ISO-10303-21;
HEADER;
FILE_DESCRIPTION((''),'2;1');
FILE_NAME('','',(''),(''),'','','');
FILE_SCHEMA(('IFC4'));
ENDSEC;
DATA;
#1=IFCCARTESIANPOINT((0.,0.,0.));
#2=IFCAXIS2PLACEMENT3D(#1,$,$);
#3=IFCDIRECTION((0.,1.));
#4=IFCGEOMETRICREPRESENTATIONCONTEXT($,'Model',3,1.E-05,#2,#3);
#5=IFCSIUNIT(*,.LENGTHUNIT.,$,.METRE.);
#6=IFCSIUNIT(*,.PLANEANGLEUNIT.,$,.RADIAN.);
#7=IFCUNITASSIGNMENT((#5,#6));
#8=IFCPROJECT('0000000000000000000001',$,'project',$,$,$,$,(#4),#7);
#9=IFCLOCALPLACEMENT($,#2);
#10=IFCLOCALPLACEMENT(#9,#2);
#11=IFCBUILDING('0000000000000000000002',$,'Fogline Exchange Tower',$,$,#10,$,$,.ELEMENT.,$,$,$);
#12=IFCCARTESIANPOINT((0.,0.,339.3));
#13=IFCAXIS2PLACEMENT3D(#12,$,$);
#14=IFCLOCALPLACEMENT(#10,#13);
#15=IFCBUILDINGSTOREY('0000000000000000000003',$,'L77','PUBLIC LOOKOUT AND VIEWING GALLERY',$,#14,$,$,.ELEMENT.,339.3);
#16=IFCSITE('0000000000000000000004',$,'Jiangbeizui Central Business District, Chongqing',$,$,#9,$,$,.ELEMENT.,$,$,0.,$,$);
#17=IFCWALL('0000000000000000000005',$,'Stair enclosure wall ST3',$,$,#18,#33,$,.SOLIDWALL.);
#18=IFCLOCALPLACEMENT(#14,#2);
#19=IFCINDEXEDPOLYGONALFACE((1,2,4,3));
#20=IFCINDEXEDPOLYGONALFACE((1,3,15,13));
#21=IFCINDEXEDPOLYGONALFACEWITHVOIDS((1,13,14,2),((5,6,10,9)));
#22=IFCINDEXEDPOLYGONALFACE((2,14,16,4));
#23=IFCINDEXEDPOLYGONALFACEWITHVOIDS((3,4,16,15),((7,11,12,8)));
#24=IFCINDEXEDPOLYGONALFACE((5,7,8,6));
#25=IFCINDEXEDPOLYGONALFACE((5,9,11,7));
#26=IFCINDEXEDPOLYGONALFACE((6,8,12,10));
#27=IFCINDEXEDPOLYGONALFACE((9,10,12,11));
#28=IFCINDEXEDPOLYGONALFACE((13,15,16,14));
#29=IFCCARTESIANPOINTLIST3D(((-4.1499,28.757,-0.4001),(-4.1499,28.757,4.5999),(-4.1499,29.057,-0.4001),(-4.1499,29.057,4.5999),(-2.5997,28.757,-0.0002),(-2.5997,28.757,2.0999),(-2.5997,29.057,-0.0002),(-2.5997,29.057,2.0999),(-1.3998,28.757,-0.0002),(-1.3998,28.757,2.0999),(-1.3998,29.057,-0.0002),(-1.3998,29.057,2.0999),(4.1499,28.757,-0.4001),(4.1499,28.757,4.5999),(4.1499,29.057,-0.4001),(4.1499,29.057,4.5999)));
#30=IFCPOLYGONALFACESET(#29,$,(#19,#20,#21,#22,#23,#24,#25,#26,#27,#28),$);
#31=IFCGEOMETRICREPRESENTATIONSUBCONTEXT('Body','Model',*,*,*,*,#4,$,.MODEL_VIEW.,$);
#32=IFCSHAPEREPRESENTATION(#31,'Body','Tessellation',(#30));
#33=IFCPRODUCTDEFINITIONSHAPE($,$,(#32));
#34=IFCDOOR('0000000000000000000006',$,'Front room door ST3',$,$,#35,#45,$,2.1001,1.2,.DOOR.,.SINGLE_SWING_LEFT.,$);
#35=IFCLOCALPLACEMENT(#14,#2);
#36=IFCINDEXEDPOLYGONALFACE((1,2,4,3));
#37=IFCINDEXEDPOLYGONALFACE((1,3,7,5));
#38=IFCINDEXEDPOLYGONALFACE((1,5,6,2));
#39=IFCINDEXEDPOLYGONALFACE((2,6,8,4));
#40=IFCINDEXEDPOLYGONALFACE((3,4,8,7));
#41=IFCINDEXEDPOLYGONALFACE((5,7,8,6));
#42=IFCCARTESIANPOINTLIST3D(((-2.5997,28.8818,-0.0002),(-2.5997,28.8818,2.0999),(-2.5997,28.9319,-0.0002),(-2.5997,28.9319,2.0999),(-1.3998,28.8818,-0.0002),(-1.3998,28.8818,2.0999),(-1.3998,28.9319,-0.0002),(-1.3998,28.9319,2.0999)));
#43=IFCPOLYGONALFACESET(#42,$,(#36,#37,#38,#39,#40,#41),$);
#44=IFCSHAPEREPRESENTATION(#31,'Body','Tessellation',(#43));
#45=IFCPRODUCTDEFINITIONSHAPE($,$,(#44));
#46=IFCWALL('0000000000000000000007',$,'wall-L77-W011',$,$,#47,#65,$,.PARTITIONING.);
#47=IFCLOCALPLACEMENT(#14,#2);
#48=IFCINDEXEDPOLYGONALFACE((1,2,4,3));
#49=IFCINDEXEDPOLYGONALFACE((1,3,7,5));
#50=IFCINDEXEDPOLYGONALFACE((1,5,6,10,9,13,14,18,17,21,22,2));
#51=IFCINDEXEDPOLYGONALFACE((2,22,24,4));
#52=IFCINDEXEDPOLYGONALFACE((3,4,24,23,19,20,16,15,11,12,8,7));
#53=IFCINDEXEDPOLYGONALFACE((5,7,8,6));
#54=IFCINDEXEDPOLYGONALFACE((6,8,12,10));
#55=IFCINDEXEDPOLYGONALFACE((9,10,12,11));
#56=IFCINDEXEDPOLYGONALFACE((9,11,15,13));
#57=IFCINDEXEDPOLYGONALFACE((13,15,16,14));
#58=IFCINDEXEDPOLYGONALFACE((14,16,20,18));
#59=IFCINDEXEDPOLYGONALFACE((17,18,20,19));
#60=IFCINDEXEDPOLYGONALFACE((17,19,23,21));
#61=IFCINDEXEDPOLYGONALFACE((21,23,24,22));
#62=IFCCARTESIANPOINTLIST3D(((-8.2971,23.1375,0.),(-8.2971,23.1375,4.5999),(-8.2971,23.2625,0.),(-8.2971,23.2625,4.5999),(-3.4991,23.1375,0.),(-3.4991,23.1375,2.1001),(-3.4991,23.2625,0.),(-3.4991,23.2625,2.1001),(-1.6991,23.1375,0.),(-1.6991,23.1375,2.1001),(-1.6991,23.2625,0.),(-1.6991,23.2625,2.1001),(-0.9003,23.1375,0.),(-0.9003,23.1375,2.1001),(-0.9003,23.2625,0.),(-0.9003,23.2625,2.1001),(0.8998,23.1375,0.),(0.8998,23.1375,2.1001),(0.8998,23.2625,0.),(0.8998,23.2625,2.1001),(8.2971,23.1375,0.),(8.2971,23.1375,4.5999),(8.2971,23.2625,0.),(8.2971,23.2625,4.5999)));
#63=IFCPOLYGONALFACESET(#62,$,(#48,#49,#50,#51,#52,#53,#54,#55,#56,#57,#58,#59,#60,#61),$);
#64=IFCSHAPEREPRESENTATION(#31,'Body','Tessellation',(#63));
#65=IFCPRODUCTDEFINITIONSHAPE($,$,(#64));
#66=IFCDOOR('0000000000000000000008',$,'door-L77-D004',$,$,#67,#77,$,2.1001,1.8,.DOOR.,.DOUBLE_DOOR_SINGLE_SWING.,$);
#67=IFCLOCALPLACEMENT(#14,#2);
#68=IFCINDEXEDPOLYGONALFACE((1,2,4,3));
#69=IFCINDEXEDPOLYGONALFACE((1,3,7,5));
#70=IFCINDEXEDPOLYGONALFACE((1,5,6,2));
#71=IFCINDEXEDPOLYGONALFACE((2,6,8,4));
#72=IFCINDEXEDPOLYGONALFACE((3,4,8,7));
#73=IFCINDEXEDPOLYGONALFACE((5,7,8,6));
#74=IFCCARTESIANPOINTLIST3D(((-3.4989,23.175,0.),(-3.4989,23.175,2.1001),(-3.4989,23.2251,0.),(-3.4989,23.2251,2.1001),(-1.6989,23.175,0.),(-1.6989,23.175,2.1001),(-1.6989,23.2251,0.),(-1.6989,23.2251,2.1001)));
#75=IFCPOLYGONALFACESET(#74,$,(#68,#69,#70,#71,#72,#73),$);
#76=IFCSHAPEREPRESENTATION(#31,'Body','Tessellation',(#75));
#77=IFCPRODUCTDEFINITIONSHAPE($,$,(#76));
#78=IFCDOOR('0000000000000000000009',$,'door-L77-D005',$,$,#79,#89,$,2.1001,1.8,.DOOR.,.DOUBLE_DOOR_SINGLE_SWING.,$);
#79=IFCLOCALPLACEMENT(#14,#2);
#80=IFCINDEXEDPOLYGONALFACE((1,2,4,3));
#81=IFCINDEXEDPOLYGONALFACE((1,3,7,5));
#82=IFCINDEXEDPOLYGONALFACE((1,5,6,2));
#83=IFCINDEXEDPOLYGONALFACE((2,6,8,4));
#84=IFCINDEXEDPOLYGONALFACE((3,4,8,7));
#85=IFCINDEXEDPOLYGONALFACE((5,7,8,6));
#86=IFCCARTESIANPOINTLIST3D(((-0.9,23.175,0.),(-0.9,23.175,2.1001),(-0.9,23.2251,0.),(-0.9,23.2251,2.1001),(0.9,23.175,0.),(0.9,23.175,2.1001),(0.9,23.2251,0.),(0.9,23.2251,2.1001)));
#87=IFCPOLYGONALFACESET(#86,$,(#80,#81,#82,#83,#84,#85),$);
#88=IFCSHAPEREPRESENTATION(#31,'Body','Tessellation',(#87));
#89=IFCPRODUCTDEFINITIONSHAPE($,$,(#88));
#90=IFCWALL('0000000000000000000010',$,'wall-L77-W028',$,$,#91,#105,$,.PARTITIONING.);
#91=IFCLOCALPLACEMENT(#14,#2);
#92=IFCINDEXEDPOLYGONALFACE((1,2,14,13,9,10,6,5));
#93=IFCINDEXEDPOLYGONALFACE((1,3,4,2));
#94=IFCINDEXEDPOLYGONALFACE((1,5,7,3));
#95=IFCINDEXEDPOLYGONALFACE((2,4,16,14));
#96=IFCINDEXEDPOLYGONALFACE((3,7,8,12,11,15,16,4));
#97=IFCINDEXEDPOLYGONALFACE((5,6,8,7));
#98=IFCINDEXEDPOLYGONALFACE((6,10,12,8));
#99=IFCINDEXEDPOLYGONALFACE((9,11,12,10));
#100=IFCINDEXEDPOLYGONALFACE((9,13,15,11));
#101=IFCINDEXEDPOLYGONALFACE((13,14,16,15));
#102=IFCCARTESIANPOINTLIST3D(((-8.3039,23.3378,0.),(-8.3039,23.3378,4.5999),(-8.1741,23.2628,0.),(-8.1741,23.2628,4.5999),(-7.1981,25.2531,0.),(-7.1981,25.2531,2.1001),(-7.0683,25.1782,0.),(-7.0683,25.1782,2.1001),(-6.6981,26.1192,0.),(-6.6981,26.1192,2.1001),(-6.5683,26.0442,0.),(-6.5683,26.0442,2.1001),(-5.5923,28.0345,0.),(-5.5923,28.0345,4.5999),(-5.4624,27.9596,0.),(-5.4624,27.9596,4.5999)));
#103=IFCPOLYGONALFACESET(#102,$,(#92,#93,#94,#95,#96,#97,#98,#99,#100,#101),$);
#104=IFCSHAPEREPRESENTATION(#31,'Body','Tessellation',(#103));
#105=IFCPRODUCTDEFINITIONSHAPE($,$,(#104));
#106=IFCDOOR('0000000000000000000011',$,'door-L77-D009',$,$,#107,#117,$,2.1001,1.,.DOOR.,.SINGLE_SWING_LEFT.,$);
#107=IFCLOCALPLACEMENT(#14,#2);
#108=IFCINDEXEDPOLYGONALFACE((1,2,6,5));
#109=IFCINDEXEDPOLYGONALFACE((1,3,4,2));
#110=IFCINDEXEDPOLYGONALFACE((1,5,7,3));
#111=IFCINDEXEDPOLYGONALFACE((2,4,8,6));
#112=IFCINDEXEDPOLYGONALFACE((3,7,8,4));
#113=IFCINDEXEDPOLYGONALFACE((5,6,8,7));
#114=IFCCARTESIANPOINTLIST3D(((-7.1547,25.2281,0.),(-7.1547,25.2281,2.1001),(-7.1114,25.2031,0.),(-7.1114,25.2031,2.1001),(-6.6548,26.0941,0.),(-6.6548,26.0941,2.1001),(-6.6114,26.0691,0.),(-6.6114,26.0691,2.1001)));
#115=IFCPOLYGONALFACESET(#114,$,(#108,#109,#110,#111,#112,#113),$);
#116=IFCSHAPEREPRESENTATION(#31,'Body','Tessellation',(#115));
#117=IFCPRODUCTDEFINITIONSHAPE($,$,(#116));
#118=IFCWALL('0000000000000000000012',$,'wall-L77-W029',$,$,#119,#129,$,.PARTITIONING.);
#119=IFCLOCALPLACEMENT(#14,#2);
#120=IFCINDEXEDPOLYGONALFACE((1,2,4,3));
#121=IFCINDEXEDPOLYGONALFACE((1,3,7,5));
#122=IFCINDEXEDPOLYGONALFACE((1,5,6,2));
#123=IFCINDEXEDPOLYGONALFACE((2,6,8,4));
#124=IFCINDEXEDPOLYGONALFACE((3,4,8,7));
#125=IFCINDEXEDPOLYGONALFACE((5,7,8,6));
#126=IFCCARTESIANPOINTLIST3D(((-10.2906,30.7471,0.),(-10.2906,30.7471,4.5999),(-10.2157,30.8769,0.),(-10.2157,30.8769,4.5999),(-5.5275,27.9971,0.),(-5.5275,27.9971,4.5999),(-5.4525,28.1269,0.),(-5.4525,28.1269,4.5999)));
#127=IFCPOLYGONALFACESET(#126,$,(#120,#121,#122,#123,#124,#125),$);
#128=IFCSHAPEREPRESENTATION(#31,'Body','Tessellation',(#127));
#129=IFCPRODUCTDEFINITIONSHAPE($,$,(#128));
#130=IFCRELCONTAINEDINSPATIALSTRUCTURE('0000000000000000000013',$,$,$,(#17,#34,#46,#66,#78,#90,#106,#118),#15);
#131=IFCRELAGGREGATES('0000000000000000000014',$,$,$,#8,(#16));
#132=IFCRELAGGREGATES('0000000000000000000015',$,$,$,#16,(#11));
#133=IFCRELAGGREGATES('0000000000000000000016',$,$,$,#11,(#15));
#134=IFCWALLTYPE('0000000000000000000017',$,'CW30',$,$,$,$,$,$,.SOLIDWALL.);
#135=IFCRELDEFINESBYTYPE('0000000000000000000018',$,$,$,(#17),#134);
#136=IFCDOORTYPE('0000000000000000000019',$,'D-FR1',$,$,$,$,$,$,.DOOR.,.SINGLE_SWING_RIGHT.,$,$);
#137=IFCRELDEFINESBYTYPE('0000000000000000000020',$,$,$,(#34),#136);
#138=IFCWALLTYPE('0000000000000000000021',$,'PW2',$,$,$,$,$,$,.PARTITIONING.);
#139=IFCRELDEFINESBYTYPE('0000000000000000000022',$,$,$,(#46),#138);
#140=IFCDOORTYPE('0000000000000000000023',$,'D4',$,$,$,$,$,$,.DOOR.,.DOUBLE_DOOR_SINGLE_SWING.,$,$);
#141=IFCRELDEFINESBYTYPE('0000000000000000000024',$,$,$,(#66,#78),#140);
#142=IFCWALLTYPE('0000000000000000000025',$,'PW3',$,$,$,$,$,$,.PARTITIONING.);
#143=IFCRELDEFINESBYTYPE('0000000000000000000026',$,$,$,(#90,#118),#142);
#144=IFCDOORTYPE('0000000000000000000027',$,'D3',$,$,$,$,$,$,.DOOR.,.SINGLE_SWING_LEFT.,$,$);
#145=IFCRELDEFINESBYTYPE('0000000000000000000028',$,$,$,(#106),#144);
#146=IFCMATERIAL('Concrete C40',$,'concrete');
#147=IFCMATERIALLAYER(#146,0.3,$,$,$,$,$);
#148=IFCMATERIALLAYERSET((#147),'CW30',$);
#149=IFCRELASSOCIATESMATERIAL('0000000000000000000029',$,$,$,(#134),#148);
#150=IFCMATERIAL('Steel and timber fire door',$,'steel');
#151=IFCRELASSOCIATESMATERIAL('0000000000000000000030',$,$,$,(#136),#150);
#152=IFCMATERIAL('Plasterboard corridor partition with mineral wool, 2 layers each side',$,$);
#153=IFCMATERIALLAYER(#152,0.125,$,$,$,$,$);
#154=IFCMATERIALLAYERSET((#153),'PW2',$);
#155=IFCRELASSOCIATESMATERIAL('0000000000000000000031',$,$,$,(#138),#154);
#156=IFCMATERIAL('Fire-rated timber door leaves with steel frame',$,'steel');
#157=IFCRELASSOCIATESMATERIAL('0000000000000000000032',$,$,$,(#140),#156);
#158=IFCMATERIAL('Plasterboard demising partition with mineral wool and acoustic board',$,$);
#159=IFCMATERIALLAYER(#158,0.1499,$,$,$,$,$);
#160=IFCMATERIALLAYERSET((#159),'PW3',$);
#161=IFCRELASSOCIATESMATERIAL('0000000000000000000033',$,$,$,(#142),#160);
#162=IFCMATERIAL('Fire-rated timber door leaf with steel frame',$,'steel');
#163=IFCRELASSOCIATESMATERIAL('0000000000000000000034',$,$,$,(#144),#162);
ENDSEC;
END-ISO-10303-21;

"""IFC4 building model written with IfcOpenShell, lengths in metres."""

from ifc_helpers import new_model, si_unit, direction, frame, frame_2d, origin, place, context, subcontext, project, spatial, rectangle, extrude, material, layer, layer_set, type_object, element, fill, save


model = new_model("IFC4")

# Units and contexts
model_context = context("Model", 3, precision=1e-05, world=origin(), true_north=direction((0.0, 1.0)))
body_context = subcontext(model_context, "Body", "Model", "MODEL_VIEW")
ifc_project = project(units=[si_unit("LENGTHUNIT", "METRE"), si_unit("PLANEANGLEUNIT", "RADIAN")], contexts=[model_context])

# Site, building, storey
site_placement = place(None, origin())
site = spatial("IfcSite", under=ifc_project, at=site_placement, Name="Jiangbeizui Central Business District, Chongqing", CompositionType="ELEMENT", RefElevation=0.0)
building_placement = place(site_placement, origin())
building = spatial("IfcBuilding", under=site, at=building_placement, Name="Fogline Exchange Tower", CompositionType="ELEMENT")
storey_placement = place(building_placement, frame((0.0, 0.0, 339.3)))
storey = spatial("IfcBuildingStorey", under=building, at=storey_placement, Name="L77", Description="PUBLIC LOOKOUT AND VIEWING GALLERY", CompositionType="ELEMENT", Elevation=339.3)

# Shared definitions
ifc_material_1 = material(Name="Concrete C40", Category="concrete")

# Wall, opening, door
ifc_layer_1 = layer(ifc_material_1, 0.3)
ifc_layer_set_1 = layer_set([ifc_layer_1], Name="CW30")
wall_type_1 = type_object("IfcWallType", Name="CW30", PredefinedType="SOLIDWALL", material=ifc_layer_set_1)
wall_1_placement = place(storey_placement, frame((-4.1499, 28.907, -0.4001), z_axis=(0.0, 0.0, 1.0), x_axis=(1.0, 0.0, 0.0)))
wall_1 = element("IfcWall", 1, at=wall_1_placement, inside=storey, type_object=wall_type_1, Name="Stair enclosure wall ST3", PredefinedType="SOLIDWALL", context=body_context, shape_type="SweptSolid", body=[
    extrude(rectangle(XDim=8.2998, YDim=0.3, at=frame_2d((4.1499, 0.0))), origin(), (0.0, 0.0, 1.0), 5.0),
])
opening_1_placement = place(wall_1_placement, frame((1.55, 0.0, 0.3999)))
opening_1 = element("IfcOpeningElement", 2, at=opening_1_placement, cuts=wall_1, PredefinedType="OPENING", context=body_context, shape_type="SweptSolid", body=[
    extrude(rectangle(XDim=1.2, YDim=2.1001, at=frame_2d((0.6001, 1.05))), frame((0.0, 0.1602, 0.0), z_axis=(0.0, -1.0, 0.0), x_axis=(1.0, 0.0, 0.0)), (0.0, 0.0, 1.0), 0.3201),
])
ifc_material_2 = material(Name="Steel and timber fire door", Category="steel")
door_type_1 = type_object("IfcDoorType", Name="D-FR1", OperationType="SINGLE_SWING_RIGHT", PredefinedType="DOOR", material=ifc_material_2)
door_1_placement = place(opening_1_placement, origin())
door_1 = element("IfcDoor", 3, at=door_1_placement, inside=storey, type_object=door_type_1, Name="Front room door ST3", OperationType="SINGLE_SWING_LEFT", OverallHeight=2.1001, OverallWidth=1.2, PredefinedType="DOOR", context=body_context, shape_type="SweptSolid", body=[
    extrude(rectangle(XDim=1.2, YDim=2.1001, at=frame_2d((0.6001, 1.05))), frame((0.0, 0.0249, 0.0), z_axis=(0.0, -1.0, 0.0), x_axis=(1.0, 0.0, 0.0)), (0.0, 0.0, 1.0), 0.05),
])
fill(opening_1, door_1)

# Wall, openings, doors
ifc_material_3 = material(Name="Plasterboard corridor partition with mineral wool, 2 layers each side")
ifc_layer_2 = layer(ifc_material_3, 0.125)
ifc_layer_set_2 = layer_set([ifc_layer_2], Name="PW2")
wall_type_2 = type_object("IfcWallType", Name="PW2", PredefinedType="PARTITIONING", material=ifc_layer_set_2)
wall_2_placement = place(storey_placement, frame((-8.2971, 23.2, 0.0), z_axis=(0.0, 0.0, 1.0), x_axis=(1.0, 0.0, 0.0)))
wall_2 = element("IfcWall", 4, at=wall_2_placement, inside=storey, type_object=wall_type_2, Name="wall-L77-W011", PredefinedType="PARTITIONING", context=body_context, shape_type="SweptSolid", body=[
    extrude(rectangle(XDim=16.5942, YDim=0.125, at=frame_2d((8.2971, 0.0))), origin(), (0.0, 0.0, 1.0), 4.5999),
])
opening_2_placement = place(wall_2_placement, frame((4.7981, 0.0, 0.0)))
opening_2 = element("IfcOpeningElement", 5, at=opening_2_placement, cuts=wall_2, PredefinedType="OPENING", context=body_context, shape_type="SweptSolid", body=[
    extrude(rectangle(XDim=1.8, YDim=2.1001, at=frame_2d((0.8999, 1.05))), frame((0.0, 0.0725, 0.0), z_axis=(0.0, -1.0, 0.0), x_axis=(1.0, 0.0, 0.0)), (0.0, 0.0, 1.0), 0.145),
])
opening_3_placement = place(wall_2_placement, frame((7.397, 0.0, 0.0)))
opening_3 = element("IfcOpeningElement", 6, at=opening_3_placement, cuts=wall_2, PredefinedType="OPENING", context=body_context, shape_type="SweptSolid", body=[
    extrude(rectangle(XDim=1.8, YDim=2.1001, at=frame_2d((0.8999, 1.05))), frame((0.0, 0.0725, 0.0), z_axis=(0.0, -1.0, 0.0), x_axis=(1.0, 0.0, 0.0)), (0.0, 0.0, 1.0), 0.145),
])
ifc_material_4 = material(Name="Fire-rated timber door leaves with steel frame", Category="steel")
door_type_2 = type_object("IfcDoorType", Name="D4", OperationType="DOUBLE_DOOR_SINGLE_SWING", PredefinedType="DOOR", material=ifc_material_4)
door_2_placement = place(opening_2_placement, frame((1.8, 0.0, 0.0), z_axis=(0.0, 0.0, 1.0), x_axis=(-1.0, 0.0, 0.0)))
door_2 = element("IfcDoor", 7, at=door_2_placement, inside=storey, type_object=door_type_2, Name="door-L77-D004", OperationType="DOUBLE_DOOR_SINGLE_SWING", OverallHeight=2.1001, OverallWidth=1.8, PredefinedType="DOOR", context=body_context, shape_type="SweptSolid", body=[
    extrude(rectangle(XDim=1.8, YDim=2.1001, at=frame_2d((0.8999, 1.05))), frame((0.0, 0.0249, 0.0), z_axis=(0.0, -1.0, 0.0), x_axis=(1.0, 0.0, 0.0)), (0.0, 0.0, 1.0), 0.05),
])
fill(opening_2, door_2)
door_3_placement = place(opening_3_placement, frame((1.8, 0.0, 0.0), z_axis=(0.0, 0.0, 1.0), x_axis=(-1.0, 0.0, 0.0)))
door_3 = element("IfcDoor", 8, at=door_3_placement, inside=storey, type_object=door_type_2, Name="door-L77-D005", OperationType="DOUBLE_DOOR_SINGLE_SWING", OverallHeight=2.1001, OverallWidth=1.8, PredefinedType="DOOR", context=body_context, shape_type="SweptSolid", body=[
    extrude(rectangle(XDim=1.8, YDim=2.1001, at=frame_2d((0.8999, 1.05))), frame((0.0, 0.0249, 0.0), z_axis=(0.0, -1.0, 0.0), x_axis=(1.0, 0.0, 0.0)), (0.0, 0.0, 1.0), 0.05),
])
fill(opening_3, door_3)

# Wall, opening, door
ifc_material_5 = material(Name="Plasterboard demising partition with mineral wool and acoustic board")
ifc_layer_3 = layer(ifc_material_5, 0.1499)
ifc_layer_set_3 = layer_set([ifc_layer_3], Name="PW3")
wall_type_3 = type_object("IfcWallType", Name="PW3", PredefinedType="PARTITIONING", material=ifc_layer_set_3)
wall_3_placement = place(storey_placement, frame((-8.239, 23.3003, 0.0), z_axis=(0.0, 0.0, 1.0), x_axis=(0.499998, 0.866027, 0.0)))
wall_3 = element("IfcWall", 9, at=wall_3_placement, inside=storey, type_object=wall_type_3, Name="wall-L77-W028", PredefinedType="PARTITIONING", context=body_context, shape_type="SweptSolid", body=[
    extrude(rectangle(XDim=5.4233, YDim=0.1499, at=frame_2d((2.7117, 0.0))), origin(), (0.0, 0.0, 1.0), 4.5999),
])
opening_4_placement = place(wall_3_placement, frame((2.2117, 0.0, 0.0)))
opening_4 = element("IfcOpeningElement", 10, at=opening_4_placement, cuts=wall_3, PredefinedType="OPENING", context=body_context, shape_type="SweptSolid", body=[
    extrude(rectangle(XDim=1.0, YDim=2.1001, at=frame_2d((0.5, 1.05))), frame((0.0, 0.085, 0.0), z_axis=(0.0, -1.0, 0.0), x_axis=(1.0, 0.0, 0.0)), (0.0, 0.0, 1.0), 0.1699),
])
ifc_material_6 = material(Name="Fire-rated timber door leaf with steel frame", Category="steel")
door_type_3 = type_object("IfcDoorType", Name="D3", OperationType="SINGLE_SWING_LEFT", PredefinedType="DOOR", material=ifc_material_6)
door_4_placement = place(opening_4_placement, origin())
door_4 = element("IfcDoor", 11, at=door_4_placement, inside=storey, type_object=door_type_3, Name="door-L77-D009", OperationType="SINGLE_SWING_LEFT", OverallHeight=2.1001, OverallWidth=1.0, PredefinedType="DOOR", context=body_context, shape_type="SweptSolid", body=[
    extrude(rectangle(XDim=1.0, YDim=2.1001, at=frame_2d((0.5, 1.05))), frame((0.0, 0.0249, 0.0), z_axis=(0.0, -1.0, 0.0), x_axis=(1.0, 0.0, 0.0)), (0.0, 0.0, 1.0), 0.05),
])
fill(opening_4, door_4)

# Wall
wall_4_placement = place(storey_placement, frame((-5.49, 28.062, 0.0), z_axis=(0.0, 0.0, 1.0), x_axis=(-0.866027, 0.499997, 0.0)))
element("IfcWall", 12, at=wall_4_placement, inside=storey, type_object=wall_type_3, Name="wall-L77-W029", PredefinedType="PARTITIONING", context=body_context, shape_type="SweptSolid", body=[
    extrude(rectangle(XDim=5.5, YDim=0.1499, at=frame_2d((2.75, 0.0))), origin(), (0.0, 0.0, 1.0), 4.5999),
])

save(model, "model.ifc")
